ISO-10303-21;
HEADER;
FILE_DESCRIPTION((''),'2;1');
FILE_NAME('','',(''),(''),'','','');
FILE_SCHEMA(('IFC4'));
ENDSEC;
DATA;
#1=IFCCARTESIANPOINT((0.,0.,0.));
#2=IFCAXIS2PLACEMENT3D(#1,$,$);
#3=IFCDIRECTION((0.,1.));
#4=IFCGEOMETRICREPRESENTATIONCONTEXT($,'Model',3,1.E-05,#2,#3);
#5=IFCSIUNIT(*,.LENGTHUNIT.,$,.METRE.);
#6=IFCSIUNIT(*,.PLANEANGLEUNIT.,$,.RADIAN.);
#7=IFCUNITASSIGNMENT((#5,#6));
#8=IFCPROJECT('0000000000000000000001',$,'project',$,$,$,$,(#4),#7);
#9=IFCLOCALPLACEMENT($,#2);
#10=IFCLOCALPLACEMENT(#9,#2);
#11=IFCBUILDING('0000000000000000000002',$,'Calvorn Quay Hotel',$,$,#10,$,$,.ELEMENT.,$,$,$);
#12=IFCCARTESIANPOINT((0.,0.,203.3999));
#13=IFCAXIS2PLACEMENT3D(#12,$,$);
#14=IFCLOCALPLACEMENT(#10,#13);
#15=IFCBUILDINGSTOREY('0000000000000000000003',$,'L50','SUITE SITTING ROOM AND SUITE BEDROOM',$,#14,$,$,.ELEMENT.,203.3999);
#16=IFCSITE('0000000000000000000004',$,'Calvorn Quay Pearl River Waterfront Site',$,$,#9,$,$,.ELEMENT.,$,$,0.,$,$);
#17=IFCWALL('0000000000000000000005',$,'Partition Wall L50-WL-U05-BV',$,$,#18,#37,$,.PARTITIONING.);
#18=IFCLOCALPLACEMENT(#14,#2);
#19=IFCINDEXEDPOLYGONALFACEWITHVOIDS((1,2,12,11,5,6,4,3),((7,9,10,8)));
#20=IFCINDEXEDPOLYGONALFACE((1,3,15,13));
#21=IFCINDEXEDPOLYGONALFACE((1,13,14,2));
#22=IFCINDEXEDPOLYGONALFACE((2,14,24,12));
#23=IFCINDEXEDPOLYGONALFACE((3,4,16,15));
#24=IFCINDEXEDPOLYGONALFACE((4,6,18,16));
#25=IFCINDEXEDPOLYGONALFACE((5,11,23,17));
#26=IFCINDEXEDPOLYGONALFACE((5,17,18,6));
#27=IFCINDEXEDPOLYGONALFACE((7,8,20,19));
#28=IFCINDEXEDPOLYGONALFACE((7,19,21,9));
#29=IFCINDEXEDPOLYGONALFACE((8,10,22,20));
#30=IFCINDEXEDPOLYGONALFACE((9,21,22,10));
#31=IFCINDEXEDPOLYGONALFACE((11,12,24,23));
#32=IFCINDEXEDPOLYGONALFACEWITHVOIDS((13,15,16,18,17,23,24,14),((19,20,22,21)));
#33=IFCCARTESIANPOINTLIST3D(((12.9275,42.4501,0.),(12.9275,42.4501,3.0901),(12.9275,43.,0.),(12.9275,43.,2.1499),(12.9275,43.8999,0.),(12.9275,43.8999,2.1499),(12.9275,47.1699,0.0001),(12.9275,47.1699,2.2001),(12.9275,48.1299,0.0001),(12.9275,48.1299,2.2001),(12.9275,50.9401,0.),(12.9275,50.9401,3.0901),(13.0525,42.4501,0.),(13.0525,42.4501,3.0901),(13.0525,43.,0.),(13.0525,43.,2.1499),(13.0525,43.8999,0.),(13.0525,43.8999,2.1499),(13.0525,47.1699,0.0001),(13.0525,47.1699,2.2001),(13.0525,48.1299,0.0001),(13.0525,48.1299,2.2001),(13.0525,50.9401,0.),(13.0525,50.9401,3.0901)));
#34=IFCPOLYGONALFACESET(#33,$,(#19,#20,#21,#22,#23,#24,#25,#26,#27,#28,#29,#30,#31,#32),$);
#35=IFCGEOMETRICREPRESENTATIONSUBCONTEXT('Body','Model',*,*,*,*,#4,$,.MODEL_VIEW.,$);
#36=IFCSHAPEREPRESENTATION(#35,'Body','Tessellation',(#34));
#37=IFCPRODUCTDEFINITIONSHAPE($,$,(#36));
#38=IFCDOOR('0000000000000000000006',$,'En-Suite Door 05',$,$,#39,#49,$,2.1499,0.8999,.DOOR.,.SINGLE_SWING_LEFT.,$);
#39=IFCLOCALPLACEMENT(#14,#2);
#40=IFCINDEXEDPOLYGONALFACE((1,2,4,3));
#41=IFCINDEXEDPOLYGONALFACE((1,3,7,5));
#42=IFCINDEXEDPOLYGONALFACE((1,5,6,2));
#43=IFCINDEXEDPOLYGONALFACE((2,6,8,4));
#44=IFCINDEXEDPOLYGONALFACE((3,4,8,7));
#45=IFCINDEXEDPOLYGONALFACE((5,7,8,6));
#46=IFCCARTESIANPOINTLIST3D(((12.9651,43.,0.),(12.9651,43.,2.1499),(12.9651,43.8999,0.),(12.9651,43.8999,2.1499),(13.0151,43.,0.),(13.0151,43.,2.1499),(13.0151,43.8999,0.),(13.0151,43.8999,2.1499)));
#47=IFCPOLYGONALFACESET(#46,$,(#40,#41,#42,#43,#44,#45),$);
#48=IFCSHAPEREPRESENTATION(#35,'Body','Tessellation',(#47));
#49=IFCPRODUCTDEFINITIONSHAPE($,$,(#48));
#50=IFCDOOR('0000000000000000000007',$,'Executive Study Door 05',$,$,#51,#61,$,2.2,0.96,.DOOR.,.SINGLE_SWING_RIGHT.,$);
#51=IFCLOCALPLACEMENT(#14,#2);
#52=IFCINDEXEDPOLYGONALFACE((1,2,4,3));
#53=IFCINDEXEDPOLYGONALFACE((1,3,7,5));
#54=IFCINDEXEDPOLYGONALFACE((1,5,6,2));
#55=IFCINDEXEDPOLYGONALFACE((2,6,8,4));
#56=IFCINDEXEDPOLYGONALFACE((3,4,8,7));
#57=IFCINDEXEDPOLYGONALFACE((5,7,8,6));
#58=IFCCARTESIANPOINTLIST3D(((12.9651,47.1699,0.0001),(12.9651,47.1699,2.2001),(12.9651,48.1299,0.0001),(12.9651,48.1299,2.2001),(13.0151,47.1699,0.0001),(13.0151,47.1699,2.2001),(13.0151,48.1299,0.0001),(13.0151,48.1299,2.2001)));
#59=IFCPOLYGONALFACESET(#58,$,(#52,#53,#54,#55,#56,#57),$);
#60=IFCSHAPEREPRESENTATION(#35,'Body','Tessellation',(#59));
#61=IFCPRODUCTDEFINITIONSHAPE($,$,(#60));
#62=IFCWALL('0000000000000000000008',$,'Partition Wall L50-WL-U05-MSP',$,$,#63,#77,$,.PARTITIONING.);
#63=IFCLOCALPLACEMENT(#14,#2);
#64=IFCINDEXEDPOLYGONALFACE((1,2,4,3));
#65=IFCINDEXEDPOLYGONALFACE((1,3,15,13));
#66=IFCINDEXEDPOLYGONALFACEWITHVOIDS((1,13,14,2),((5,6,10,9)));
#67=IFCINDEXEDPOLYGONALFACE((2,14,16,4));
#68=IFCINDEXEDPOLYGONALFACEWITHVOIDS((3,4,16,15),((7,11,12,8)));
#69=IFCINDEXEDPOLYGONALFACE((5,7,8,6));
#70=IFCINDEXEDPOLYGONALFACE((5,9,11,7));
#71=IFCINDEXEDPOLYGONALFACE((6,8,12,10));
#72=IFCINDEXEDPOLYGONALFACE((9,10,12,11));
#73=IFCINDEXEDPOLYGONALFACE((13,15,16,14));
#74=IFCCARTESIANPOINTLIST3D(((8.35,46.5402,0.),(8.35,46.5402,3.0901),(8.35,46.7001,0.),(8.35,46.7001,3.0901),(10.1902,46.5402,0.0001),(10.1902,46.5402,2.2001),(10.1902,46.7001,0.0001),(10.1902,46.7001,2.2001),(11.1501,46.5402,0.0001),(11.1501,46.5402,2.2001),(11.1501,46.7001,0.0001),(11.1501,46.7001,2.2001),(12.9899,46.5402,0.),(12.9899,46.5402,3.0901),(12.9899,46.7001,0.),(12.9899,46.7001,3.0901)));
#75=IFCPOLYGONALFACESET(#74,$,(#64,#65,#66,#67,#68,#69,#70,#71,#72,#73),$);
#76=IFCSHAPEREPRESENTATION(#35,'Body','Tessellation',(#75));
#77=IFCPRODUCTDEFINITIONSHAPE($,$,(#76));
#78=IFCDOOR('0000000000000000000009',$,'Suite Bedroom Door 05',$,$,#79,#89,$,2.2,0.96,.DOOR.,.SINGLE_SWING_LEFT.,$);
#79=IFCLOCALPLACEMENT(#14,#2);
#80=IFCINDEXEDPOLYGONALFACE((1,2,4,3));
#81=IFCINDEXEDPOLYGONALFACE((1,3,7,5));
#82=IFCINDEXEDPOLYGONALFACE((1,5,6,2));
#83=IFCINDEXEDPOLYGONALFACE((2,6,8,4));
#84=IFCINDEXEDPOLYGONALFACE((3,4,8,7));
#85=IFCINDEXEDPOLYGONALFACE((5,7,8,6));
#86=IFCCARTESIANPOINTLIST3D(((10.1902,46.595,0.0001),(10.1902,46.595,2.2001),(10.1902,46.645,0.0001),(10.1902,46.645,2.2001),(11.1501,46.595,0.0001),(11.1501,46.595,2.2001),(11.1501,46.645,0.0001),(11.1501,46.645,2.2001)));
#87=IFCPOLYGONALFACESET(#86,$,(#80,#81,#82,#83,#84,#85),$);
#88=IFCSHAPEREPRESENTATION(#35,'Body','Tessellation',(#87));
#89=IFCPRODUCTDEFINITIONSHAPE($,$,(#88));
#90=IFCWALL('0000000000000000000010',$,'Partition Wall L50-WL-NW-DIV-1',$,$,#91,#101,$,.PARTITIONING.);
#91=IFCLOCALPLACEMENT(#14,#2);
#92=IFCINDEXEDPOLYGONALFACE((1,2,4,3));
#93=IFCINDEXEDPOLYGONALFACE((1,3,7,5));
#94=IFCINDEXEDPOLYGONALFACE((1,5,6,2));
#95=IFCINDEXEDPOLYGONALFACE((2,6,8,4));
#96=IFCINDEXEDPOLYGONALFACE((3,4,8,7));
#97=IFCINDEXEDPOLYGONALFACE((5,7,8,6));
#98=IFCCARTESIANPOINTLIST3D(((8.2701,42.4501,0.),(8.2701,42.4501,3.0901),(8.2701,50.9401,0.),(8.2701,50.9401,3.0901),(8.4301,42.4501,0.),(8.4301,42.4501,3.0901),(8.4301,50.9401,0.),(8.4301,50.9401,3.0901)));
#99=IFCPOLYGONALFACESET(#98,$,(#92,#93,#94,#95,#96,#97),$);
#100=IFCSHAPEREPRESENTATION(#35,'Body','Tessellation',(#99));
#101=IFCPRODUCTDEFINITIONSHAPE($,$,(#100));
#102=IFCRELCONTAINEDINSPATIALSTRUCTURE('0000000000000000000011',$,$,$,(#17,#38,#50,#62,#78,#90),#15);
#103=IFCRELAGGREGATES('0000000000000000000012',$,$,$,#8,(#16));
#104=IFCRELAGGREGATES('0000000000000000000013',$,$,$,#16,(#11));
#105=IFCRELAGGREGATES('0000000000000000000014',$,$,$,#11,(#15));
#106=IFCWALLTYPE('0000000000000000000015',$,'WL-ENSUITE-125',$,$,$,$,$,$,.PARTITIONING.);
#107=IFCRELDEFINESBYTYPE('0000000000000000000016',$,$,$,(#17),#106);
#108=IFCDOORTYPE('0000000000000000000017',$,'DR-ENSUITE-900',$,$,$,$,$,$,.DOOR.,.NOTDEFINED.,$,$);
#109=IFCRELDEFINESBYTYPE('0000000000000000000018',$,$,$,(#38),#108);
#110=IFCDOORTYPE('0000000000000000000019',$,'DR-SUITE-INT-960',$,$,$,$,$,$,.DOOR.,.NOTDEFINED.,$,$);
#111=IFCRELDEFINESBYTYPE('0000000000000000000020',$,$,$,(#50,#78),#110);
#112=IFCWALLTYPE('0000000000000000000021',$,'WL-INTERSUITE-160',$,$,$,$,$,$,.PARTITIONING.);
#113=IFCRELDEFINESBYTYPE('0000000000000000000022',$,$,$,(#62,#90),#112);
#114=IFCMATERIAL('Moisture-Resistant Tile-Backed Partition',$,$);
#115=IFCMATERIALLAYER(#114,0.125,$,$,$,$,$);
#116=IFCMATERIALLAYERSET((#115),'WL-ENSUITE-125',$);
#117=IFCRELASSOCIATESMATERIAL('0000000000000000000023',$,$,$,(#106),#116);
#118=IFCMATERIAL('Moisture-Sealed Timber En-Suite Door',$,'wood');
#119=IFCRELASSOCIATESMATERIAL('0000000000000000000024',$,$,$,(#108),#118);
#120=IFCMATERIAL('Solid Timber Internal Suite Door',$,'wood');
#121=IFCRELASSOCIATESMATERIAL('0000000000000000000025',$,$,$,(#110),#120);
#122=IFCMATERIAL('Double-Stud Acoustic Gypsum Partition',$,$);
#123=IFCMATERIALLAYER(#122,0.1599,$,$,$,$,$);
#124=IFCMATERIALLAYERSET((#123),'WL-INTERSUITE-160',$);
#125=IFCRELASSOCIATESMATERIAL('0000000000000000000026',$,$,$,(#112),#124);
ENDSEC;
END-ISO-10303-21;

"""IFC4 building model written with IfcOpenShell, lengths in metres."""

from ifc_helpers import new_model, si_unit, direction, frame, frame_2d, origin, place, context, subcontext, project, spatial, rectangle, extrude, material, layer, layer_set, type_object, element, fill, save


model = new_model("IFC4")

# Units and contexts
model_context = context("Model", 3, precision=1e-05, world=origin(), true_north=direction((0.0, 1.0)))
body_context = subcontext(model_context, "Body", "Model", "MODEL_VIEW")
ifc_project = project(units=[si_unit("LENGTHUNIT", "METRE"), si_unit("PLANEANGLEUNIT", "RADIAN")], contexts=[model_context])

# Site, building, storey
site_placement = place(None, origin())
site = spatial("IfcSite", under=ifc_project, at=site_placement, Name="Calvorn Quay Pearl River Waterfront Site", CompositionType="ELEMENT", RefElevation=0.0)
building_placement = place(site_placement, origin())
building = spatial("IfcBuilding", under=site, at=building_placement, Name="Calvorn Quay Hotel", CompositionType="ELEMENT")
storey_placement = place(building_placement, frame((0.0, 0.0, 203.3999)))
storey = spatial("IfcBuildingStorey", under=building, at=storey_placement, Name="L50", Description="SUITE SITTING ROOM AND SUITE BEDROOM", CompositionType="ELEMENT", Elevation=203.3999)

# Shared definitions
ifc_material_1 = material(Name="Moisture-Resistant Tile-Backed Partition")
ifc_layer_1 = layer(ifc_material_1, 0.125)
ifc_layer_set_1 = layer_set([ifc_layer_1], Name="WL-ENSUITE-125")
wall_type_1 = type_object("IfcWallType", Name="WL-ENSUITE-125", PredefinedType="PARTITIONING", material=ifc_layer_set_1)

# Shared definitions
ifc_material_2 = material(Name="Moisture-Sealed Timber En-Suite Door", Category="wood")
door_type_1 = type_object("IfcDoorType", Name="DR-ENSUITE-900", OperationType="NOTDEFINED", PredefinedType="DOOR", material=ifc_material_2)
ifc_material_3 = material(Name="Solid Timber Internal Suite Door", Category="wood")
door_type_2 = type_object("IfcDoorType", Name="DR-SUITE-INT-960", OperationType="NOTDEFINED", PredefinedType="DOOR", material=ifc_material_3)

# Wall, openings, doors
wall_1_placement = place(storey_placement, frame((12.99, 42.45, 0.0), z_axis=(0.0, 0.0, 1.0), x_axis=(0.0, 1.0, 0.0)))
wall_1 = element("IfcWall", 1, at=wall_1_placement, inside=storey, type_object=wall_type_1, Name="Partition Wall L50-WL-U05-BV", PredefinedType="PARTITIONING", context=body_context, shape_type="SweptSolid", body=[
    extrude(rectangle(XDim=8.49, YDim=0.125, at=frame_2d((4.2451, 0.0))), origin(), (0.0, 0.0, 1.0), 3.0901),
])
opening_1_placement = place(wall_1_placement, frame((0.55, 0.0, 0.0)))
opening_1 = element("IfcOpeningElement", 2, at=opening_1_placement, cuts=wall_1, PredefinedType="OPENING", context=body_context, shape_type="SweptSolid", body=[
    extrude(rectangle(XDim=0.8999, YDim=2.1499, at=frame_2d((0.45, 1.075))), frame((0.0, 0.0725, 0.0), z_axis=(0.0, -1.0, 0.0), x_axis=(1.0, 0.0, 0.0)), (0.0, 0.0, 1.0), 0.145),
])
opening_2_placement = place(wall_1_placement, frame((4.72, 0.0, 0.0)))
opening_2 = element("IfcOpeningElement", 3, at=opening_2_placement, cuts=wall_1, PredefinedType="OPENING", context=body_context, shape_type="SweptSolid", body=[
    extrude(rectangle(XDim=0.96, YDim=2.2, at=frame_2d((0.48, 1.1001))), frame((0.0, 0.0725, 0.0), z_axis=(0.0, -1.0, 0.0), x_axis=(1.0, 0.0, 0.0)), (0.0, 0.0, 1.0), 0.145),
])
door_1_placement = place(opening_1_placement, origin())
door_1 = element("IfcDoor", 4, at=door_1_placement, inside=storey, type_object=door_type_1, Name="En-Suite Door 05", OperationType="SINGLE_SWING_LEFT", OverallHeight=2.1499, OverallWidth=0.8999, PredefinedType="DOOR", context=body_context, shape_type="SweptSolid", body=[
    extrude(rectangle(XDim=0.8999, YDim=2.1499, at=frame_2d((0.45, 1.075))), frame((0.0, 0.0249, 0.0), z_axis=(0.0, -1.0, 0.0), x_axis=(1.0, 0.0, 0.0)), (0.0, 0.0, 1.0), 0.05),
])
fill(opening_1, door_1)
door_2_placement = place(opening_2_placement, origin())
door_2 = element("IfcDoor", 5, at=door_2_placement, inside=storey, type_object=door_type_2, Name="Executive Study Door 05", OperationType="SINGLE_SWING_RIGHT", OverallHeight=2.2, OverallWidth=0.96, PredefinedType="DOOR", context=body_context, shape_type="SweptSolid", body=[
    extrude(rectangle(XDim=0.96, YDim=2.2, at=frame_2d((0.48, 1.1001))), frame((0.0, 0.0249, 0.0), z_axis=(0.0, -1.0, 0.0), x_axis=(1.0, 0.0, 0.0)), (0.0, 0.0, 1.0), 0.05),
])
fill(opening_2, door_2)

# Wall, opening, door
ifc_material_4 = material(Name="Double-Stud Acoustic Gypsum Partition")
ifc_layer_2 = layer(ifc_material_4, 0.1599)
ifc_layer_set_2 = layer_set([ifc_layer_2], Name="WL-INTERSUITE-160")
wall_type_2 = type_object("IfcWallType", Name="WL-INTERSUITE-160", PredefinedType="PARTITIONING", material=ifc_layer_set_2)
wall_2_placement = place(storey_placement, frame((8.3501, 46.6201, 0.0), z_axis=(0.0, 0.0, 1.0), x_axis=(1.0, 0.0, 0.0)))
wall_2 = element("IfcWall", 6, at=wall_2_placement, inside=storey, type_object=wall_type_2, Name="Partition Wall L50-WL-U05-MSP", PredefinedType="PARTITIONING", context=body_context, shape_type="SweptSolid", body=[
    extrude(rectangle(XDim=4.6399, YDim=0.1599, at=frame_2d((2.3198, 0.0))), origin(), (0.0, 0.0, 1.0), 3.0901),
])
opening_3_placement = place(wall_2_placement, frame((1.8401, 0.0, 0.0)))
opening_3 = element("IfcOpeningElement", 7, at=opening_3_placement, cuts=wall_2, PredefinedType="OPENING", context=body_context, shape_type="SweptSolid", body=[
    extrude(rectangle(XDim=0.96, YDim=2.2, at=frame_2d((0.48, 1.1001))), frame((0.0, 0.0898, 0.0), z_axis=(0.0, -1.0, 0.0), x_axis=(1.0, 0.0, 0.0)), (0.0, 0.0, 1.0), 0.1799),
])
door_3_placement = place(opening_3_placement, origin())
door_3 = element("IfcDoor", 8, at=door_3_placement, inside=storey, type_object=door_type_2, Name="Suite Bedroom Door 05", OperationType="SINGLE_SWING_LEFT", OverallHeight=2.2, OverallWidth=0.96, PredefinedType="DOOR", context=body_context, shape_type="SweptSolid", body=[
    extrude(rectangle(XDim=0.96, YDim=2.2, at=frame_2d((0.48, 1.1001))), frame((0.0, 0.0249, 0.0), z_axis=(0.0, -1.0, 0.0), x_axis=(1.0, 0.0, 0.0)), (0.0, 0.0, 1.0), 0.05),
])
fill(opening_3, door_3)

# Wall
wall_3_placement = place(storey_placement, frame((8.3501, 42.45, 0.0), z_axis=(0.0, 0.0, 1.0), x_axis=(0.0, 1.0, 0.0)))
element("IfcWall", 9, at=wall_3_placement, inside=storey, type_object=wall_type_2, Name="Partition Wall L50-WL-NW-DIV-1", PredefinedType="PARTITIONING", context=body_context, shape_type="SweptSolid", body=[
    extrude(rectangle(XDim=8.49, YDim=0.1599, at=frame_2d((4.2451, 0.0))), origin(), (0.0, 0.0, 1.0), 3.0901),
])

save(model, "model.ifc")
